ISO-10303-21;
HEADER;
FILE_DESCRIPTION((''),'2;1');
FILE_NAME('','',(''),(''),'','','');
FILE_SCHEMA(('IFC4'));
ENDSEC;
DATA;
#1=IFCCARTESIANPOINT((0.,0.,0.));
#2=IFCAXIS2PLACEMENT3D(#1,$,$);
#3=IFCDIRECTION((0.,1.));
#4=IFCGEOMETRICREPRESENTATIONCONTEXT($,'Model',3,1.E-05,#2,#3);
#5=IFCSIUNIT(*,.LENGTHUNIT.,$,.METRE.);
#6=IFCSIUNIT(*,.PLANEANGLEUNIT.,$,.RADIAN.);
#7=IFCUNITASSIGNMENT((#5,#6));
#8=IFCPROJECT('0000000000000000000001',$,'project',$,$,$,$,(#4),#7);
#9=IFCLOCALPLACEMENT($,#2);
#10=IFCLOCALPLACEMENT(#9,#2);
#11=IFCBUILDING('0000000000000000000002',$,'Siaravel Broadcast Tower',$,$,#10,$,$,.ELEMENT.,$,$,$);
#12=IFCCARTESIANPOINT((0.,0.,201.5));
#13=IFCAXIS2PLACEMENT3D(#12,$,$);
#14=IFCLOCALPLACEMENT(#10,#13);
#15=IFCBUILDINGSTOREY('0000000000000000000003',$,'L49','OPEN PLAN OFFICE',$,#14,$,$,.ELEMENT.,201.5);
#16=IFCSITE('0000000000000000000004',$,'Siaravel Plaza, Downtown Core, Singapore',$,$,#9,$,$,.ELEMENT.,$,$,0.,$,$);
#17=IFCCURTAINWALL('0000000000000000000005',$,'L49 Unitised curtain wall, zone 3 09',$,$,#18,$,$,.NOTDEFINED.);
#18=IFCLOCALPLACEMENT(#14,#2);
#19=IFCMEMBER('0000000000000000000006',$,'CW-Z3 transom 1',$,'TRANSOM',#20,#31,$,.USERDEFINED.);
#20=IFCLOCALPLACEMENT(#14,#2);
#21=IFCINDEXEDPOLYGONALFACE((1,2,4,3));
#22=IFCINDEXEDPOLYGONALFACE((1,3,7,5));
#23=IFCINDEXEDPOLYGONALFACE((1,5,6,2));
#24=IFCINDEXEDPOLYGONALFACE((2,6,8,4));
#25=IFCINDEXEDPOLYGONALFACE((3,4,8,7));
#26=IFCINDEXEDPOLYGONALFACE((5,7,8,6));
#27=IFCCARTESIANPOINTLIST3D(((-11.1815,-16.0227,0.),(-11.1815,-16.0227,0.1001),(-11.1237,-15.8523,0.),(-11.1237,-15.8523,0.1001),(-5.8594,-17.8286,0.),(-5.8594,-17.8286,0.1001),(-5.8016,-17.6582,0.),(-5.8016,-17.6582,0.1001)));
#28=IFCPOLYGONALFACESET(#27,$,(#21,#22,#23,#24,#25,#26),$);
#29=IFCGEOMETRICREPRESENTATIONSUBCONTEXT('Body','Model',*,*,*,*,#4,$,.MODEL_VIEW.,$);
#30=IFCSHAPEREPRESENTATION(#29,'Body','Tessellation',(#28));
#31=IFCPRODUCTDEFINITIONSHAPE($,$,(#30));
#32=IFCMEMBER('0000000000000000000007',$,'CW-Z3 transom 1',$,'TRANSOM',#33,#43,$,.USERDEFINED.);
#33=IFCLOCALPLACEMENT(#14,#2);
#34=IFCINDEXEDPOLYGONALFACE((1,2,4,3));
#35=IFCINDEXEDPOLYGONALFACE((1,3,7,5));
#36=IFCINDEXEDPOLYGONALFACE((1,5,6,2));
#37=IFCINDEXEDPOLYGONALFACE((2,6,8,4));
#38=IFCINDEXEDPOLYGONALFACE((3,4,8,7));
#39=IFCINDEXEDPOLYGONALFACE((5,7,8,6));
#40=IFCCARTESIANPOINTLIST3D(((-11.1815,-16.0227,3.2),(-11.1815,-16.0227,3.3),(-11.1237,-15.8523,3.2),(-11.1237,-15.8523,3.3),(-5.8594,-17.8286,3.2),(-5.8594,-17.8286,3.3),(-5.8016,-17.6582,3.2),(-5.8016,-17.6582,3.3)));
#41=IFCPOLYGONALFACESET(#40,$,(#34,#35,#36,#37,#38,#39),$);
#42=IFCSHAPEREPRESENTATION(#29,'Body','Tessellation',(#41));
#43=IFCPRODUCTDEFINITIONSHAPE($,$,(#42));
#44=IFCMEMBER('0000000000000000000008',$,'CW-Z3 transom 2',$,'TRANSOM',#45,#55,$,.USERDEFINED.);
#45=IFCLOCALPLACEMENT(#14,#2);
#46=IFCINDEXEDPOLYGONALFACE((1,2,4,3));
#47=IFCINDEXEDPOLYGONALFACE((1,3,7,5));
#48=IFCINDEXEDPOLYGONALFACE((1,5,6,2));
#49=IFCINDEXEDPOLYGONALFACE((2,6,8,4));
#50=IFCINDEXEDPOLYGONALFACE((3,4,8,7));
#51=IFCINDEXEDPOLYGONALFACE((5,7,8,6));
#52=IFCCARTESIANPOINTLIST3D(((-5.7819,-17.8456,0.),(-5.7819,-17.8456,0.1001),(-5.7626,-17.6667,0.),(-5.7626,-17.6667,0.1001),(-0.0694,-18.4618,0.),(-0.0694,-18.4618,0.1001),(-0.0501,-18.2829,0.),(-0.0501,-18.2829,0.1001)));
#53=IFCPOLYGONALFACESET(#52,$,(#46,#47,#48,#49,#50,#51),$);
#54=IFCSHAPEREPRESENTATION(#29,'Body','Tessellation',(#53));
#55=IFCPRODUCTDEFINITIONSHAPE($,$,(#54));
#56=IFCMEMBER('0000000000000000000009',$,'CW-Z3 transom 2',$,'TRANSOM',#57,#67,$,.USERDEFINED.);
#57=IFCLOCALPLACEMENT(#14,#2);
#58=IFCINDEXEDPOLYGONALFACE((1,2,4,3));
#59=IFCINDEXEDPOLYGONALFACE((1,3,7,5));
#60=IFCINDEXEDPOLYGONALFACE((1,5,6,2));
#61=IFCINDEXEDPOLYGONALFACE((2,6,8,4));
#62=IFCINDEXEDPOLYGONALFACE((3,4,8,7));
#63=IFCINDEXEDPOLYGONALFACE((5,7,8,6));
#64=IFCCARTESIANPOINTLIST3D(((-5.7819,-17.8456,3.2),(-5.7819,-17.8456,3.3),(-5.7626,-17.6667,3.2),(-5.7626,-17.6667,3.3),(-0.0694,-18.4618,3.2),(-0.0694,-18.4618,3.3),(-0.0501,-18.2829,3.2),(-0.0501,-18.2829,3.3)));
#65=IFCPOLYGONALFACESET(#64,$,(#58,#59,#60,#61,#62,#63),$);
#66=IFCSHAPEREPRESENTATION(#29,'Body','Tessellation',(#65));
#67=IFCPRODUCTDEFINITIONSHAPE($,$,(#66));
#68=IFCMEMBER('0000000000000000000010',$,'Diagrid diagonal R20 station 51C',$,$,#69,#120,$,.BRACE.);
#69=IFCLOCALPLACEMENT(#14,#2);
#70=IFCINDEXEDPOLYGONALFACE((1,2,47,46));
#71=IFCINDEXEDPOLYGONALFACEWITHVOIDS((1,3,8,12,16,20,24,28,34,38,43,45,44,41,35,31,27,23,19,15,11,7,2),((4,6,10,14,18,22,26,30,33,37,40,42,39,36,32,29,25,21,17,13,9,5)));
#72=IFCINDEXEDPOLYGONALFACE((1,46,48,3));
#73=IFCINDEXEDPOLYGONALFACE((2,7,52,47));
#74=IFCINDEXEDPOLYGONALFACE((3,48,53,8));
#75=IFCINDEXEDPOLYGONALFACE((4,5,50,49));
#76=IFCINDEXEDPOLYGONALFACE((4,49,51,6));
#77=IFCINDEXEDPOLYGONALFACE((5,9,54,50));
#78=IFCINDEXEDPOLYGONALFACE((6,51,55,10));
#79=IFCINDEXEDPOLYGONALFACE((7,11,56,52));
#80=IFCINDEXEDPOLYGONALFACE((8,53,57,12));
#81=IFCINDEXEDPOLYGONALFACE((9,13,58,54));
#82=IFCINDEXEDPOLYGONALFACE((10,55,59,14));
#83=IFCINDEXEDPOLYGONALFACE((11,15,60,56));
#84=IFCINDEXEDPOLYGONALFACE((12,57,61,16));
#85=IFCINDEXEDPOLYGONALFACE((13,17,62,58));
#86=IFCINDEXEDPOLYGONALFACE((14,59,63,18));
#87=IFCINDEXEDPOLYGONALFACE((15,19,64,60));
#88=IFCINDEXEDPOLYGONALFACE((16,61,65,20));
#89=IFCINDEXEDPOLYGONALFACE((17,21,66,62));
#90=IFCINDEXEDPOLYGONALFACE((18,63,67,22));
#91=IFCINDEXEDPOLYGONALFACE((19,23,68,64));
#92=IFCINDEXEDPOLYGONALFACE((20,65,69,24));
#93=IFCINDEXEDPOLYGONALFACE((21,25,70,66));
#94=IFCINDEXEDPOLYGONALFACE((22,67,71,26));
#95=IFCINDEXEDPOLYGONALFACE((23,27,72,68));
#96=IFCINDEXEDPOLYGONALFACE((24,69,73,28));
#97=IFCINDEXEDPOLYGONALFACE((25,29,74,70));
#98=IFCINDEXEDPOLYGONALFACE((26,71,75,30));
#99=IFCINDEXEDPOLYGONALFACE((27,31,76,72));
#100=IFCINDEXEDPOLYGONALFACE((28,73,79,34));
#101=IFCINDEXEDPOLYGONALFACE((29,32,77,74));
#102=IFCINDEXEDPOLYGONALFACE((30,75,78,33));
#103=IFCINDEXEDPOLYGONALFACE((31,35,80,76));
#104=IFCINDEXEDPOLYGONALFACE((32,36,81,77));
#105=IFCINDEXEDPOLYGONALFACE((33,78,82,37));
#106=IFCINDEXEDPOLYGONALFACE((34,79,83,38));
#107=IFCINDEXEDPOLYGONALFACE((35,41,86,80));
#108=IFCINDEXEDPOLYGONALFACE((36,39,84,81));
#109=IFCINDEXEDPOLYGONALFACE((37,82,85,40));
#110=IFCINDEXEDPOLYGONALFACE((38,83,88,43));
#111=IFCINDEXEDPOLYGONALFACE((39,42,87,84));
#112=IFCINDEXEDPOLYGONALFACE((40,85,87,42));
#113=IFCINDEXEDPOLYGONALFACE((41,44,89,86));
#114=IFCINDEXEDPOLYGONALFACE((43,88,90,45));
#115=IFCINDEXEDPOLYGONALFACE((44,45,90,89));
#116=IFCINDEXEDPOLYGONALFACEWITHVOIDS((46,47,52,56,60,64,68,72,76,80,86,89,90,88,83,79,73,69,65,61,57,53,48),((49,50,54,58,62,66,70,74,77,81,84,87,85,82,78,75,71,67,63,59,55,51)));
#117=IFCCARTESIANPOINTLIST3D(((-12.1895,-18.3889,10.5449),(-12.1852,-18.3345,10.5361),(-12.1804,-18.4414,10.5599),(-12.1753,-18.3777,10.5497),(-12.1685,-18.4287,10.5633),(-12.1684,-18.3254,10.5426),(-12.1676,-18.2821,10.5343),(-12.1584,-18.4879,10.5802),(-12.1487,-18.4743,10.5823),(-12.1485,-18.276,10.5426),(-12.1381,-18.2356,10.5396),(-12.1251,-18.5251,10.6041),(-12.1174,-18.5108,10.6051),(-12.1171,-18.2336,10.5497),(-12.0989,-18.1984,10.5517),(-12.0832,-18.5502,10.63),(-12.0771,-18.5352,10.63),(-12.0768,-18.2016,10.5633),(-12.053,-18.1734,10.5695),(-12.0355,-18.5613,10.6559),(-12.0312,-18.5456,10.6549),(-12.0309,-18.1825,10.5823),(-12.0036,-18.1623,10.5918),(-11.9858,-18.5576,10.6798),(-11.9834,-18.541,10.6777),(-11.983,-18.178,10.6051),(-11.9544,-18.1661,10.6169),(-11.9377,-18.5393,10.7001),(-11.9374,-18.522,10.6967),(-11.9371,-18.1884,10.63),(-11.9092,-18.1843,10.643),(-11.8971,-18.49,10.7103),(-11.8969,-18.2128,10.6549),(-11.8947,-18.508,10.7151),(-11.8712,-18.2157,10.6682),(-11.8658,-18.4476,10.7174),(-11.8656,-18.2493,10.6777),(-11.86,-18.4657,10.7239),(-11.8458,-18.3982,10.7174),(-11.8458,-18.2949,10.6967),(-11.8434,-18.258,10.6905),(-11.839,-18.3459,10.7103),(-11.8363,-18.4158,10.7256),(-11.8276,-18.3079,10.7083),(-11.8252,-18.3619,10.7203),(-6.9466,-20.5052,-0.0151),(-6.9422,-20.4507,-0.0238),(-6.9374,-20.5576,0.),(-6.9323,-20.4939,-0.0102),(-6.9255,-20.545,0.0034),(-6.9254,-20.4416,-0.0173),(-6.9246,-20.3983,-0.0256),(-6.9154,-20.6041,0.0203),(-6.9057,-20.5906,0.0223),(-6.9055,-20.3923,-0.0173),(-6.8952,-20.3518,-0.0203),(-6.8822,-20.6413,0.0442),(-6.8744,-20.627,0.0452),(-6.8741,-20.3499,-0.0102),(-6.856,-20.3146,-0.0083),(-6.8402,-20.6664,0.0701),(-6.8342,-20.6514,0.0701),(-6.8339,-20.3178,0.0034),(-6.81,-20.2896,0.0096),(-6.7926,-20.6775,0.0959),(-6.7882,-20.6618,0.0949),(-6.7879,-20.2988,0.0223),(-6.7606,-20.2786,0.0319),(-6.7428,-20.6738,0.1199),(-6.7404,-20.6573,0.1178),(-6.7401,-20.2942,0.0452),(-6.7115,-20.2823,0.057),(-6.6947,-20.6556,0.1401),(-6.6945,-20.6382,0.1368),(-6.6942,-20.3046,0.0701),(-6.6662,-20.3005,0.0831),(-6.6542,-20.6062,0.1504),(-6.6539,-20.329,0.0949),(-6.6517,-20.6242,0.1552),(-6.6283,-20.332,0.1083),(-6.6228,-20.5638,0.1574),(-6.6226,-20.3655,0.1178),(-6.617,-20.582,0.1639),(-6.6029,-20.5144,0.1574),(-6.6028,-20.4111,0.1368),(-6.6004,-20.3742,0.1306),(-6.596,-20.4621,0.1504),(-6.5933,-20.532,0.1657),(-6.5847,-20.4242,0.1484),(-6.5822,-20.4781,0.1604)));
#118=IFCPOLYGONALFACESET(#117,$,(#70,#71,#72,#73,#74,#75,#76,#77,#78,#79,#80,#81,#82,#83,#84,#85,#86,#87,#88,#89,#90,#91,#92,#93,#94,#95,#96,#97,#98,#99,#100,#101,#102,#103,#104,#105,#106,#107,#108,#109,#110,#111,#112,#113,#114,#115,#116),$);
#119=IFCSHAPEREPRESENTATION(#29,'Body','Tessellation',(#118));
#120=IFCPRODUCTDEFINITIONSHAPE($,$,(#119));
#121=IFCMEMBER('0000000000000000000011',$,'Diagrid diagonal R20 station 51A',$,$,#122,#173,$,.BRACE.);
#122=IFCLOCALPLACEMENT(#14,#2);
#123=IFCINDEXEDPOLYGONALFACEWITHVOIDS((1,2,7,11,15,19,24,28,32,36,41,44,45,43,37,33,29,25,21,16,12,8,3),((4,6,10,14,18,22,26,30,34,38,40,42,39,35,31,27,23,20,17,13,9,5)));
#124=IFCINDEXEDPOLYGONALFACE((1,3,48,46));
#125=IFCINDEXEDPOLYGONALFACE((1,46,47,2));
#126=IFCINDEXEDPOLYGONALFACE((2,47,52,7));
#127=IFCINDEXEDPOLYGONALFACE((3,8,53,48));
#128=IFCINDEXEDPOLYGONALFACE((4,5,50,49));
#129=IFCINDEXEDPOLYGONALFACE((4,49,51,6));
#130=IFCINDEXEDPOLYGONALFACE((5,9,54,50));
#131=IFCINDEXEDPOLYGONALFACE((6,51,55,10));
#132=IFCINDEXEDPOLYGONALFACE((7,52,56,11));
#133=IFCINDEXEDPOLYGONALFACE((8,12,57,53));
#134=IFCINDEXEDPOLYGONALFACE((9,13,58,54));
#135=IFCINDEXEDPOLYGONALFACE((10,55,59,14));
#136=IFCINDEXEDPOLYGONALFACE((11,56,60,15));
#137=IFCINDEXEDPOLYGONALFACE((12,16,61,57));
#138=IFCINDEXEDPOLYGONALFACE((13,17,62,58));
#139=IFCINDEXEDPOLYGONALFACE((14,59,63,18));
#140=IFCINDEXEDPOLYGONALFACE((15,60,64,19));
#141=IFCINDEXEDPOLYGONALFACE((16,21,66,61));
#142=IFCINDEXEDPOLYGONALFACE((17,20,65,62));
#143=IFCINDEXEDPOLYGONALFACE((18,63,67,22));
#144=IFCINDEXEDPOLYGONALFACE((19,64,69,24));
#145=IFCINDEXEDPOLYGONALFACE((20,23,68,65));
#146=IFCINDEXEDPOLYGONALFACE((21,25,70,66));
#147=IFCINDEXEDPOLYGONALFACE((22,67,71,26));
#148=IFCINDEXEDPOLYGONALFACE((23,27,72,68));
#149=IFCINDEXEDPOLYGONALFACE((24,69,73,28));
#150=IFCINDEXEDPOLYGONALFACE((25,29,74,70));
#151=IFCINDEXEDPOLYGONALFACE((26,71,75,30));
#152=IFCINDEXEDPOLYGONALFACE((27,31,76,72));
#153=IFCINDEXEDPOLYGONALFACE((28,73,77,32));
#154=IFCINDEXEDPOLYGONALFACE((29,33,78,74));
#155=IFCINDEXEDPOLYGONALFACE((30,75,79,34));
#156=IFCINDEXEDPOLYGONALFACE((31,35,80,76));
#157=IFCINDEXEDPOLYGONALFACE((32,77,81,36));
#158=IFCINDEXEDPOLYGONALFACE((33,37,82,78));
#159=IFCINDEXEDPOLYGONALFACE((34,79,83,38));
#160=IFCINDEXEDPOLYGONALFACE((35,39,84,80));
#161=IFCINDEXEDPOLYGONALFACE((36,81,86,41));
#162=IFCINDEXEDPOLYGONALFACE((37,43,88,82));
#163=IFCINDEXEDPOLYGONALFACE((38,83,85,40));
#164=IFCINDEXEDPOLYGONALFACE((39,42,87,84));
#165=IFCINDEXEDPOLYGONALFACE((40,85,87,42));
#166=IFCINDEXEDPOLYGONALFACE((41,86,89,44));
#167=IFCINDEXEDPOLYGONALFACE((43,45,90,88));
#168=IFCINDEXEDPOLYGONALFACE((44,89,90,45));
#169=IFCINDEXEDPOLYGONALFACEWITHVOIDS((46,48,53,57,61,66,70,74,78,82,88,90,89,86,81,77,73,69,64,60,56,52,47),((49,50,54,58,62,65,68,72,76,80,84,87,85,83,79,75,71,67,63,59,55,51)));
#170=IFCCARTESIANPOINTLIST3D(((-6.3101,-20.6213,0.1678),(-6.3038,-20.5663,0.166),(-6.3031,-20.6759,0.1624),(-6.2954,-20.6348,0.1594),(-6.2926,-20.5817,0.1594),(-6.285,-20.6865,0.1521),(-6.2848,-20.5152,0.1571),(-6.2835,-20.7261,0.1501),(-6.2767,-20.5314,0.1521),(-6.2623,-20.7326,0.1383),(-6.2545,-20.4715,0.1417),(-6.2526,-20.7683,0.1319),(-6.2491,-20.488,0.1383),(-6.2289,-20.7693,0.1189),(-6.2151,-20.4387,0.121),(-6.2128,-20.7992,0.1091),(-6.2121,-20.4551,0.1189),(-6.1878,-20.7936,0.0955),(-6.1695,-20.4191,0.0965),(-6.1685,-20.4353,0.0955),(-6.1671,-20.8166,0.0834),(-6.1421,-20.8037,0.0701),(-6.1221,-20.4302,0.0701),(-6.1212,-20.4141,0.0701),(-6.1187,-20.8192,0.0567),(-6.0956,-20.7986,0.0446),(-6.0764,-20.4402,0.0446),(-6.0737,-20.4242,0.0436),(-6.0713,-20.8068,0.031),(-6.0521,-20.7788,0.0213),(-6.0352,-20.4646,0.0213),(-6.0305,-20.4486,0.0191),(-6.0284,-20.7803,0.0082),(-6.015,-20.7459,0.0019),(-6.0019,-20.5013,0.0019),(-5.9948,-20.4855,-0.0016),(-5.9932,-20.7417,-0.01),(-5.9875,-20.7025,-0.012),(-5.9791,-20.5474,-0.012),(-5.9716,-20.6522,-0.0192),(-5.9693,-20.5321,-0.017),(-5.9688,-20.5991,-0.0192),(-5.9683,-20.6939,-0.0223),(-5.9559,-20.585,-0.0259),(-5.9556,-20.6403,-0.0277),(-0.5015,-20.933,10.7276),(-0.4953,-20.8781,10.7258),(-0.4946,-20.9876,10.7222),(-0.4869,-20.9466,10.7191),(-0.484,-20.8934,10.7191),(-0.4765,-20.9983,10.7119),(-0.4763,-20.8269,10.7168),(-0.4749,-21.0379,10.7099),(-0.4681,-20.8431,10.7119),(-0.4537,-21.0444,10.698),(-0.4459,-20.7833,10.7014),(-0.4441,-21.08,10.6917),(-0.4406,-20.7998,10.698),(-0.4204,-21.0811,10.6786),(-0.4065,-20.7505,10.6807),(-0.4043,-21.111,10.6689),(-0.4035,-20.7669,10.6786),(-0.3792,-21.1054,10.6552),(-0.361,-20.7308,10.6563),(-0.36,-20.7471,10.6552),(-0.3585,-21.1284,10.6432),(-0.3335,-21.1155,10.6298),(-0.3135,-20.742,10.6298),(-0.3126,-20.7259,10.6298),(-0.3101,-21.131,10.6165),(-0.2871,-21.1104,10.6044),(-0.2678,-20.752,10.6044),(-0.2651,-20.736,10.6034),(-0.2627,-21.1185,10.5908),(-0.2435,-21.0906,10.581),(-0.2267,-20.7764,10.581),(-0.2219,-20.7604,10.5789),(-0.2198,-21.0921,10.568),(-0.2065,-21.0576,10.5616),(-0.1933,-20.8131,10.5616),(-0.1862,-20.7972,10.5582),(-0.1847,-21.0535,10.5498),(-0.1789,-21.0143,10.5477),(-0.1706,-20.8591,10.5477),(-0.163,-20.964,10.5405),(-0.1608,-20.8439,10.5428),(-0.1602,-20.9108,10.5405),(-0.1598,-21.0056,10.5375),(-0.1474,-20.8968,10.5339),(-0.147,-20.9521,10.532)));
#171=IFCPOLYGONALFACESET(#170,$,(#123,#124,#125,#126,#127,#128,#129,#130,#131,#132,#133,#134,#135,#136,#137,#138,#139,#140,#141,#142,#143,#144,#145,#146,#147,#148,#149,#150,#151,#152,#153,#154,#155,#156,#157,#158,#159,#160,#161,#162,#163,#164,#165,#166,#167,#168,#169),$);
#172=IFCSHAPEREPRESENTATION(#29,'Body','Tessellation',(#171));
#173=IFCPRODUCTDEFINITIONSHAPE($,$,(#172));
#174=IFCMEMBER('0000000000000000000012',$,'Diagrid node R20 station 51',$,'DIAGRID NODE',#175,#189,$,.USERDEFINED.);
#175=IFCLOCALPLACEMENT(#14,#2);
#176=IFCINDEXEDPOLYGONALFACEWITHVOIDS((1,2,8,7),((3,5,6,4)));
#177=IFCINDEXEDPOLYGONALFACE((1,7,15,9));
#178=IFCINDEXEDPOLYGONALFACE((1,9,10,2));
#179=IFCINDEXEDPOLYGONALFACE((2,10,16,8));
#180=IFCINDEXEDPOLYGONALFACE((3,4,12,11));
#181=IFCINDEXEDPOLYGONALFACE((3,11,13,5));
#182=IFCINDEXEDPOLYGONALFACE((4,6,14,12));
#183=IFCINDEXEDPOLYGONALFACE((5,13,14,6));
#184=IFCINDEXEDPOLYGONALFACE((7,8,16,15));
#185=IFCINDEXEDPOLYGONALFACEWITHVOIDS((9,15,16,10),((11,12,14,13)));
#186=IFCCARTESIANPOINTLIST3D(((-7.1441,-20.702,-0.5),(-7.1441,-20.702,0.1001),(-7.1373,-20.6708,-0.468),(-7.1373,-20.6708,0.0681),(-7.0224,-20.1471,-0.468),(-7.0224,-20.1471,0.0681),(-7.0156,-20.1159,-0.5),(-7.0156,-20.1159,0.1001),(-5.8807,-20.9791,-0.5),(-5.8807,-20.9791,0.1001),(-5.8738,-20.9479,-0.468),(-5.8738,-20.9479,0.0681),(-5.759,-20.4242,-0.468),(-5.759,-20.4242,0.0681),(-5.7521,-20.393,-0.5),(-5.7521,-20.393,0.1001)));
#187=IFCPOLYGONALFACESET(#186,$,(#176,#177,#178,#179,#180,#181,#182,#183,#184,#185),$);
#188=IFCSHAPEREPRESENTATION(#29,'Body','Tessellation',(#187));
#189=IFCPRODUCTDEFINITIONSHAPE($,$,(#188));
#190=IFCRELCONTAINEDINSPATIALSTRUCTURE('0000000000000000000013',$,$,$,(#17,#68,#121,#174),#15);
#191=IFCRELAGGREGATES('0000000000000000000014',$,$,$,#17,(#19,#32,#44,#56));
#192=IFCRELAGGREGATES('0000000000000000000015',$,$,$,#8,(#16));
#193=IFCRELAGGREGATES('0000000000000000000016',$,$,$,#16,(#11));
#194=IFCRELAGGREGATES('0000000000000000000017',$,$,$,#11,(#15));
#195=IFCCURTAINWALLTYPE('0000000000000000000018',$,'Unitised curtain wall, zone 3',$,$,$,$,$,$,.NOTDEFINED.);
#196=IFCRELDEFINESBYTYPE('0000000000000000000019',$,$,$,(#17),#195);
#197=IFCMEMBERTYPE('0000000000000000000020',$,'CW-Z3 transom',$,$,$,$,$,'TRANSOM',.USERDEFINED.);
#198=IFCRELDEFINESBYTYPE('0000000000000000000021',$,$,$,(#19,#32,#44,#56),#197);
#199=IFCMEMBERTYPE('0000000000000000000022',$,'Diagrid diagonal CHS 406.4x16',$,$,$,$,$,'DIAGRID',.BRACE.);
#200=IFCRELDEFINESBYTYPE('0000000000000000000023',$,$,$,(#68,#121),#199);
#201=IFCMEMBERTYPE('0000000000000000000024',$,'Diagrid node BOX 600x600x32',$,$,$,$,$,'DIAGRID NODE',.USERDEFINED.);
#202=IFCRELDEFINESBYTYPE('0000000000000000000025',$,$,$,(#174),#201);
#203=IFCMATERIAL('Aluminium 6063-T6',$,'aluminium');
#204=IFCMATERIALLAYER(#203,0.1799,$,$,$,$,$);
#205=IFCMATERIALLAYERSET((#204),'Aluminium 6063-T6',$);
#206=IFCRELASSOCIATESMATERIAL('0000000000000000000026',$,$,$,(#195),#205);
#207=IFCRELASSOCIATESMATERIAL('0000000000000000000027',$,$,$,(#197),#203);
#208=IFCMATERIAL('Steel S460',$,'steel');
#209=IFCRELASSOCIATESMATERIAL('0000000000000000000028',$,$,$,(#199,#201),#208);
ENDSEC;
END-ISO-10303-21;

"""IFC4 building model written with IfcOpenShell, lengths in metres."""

from ifc_helpers import new_model, si_unit, direction, frame, origin, origin_2d, place, context, subcontext, project, spatial, rectangle, hollow_rectangle, hollow_circle, extrude, material, layer, layer_set, material_profile, profile_set, type_object, element, aggregate, save


model = new_model("IFC4")

# Units and contexts
model_context = context("Model", 3, precision=1e-05, world=origin(), true_north=direction((0.0, 1.0)))
body_context = subcontext(model_context, "Body", "Model", "MODEL_VIEW")
ifc_project = project(units=[si_unit("LENGTHUNIT", "METRE"), si_unit("PLANEANGLEUNIT", "RADIAN")], contexts=[model_context])

# Site, building, storey
site_placement = place(None, origin())
site = spatial("IfcSite", under=ifc_project, at=site_placement, Name="Siaravel Plaza, Downtown Core, Singapore", CompositionType="ELEMENT", RefElevation=0.0)
building_placement = place(site_placement, origin())
building = spatial("IfcBuilding", under=site, at=building_placement, Name="Siaravel Broadcast Tower", CompositionType="ELEMENT")
storey_placement = place(building_placement, frame((0.0, 0.0, 201.5)))
storey = spatial("IfcBuildingStorey", under=building, at=storey_placement, Name="L49", Description="OPEN PLAN OFFICE", CompositionType="ELEMENT", Elevation=201.5)

# Curtain wall, members
ifc_material_1 = material(Name="Aluminium 6063-T6", Category="aluminium")
ifc_layer_1 = layer(ifc_material_1, 0.1799)
ifc_layer_set_1 = layer_set([ifc_layer_1], Name="Aluminium 6063-T6")
curtain_wall_type = type_object("IfcCurtainWallType", Name="Unitised curtain wall, zone 3", PredefinedType="NOTDEFINED", material=ifc_layer_set_1)
curtain_wall_placement = place(storey_placement, origin())
curtain_wall = element("IfcCurtainWall", 1, at=curtain_wall_placement, inside=storey, type_object=curtain_wall_type, Name="L49 Unitised curtain wall, zone 3 09", PredefinedType="NOTDEFINED")
ifc_material_profile_1 = material_profile(ifc_material_1, rectangle(XDim=0.1799, YDim=0.1001, at=origin_2d()))
ifc_profile_set_1 = profile_set([ifc_material_profile_1], Name="Aluminium 6063-T6")
member_type_1 = type_object("IfcMemberType", Name="CW-Z3 transom", ElementType="TRANSOM", PredefinedType="USERDEFINED", material=ifc_profile_set_1)
member_1_placement = place(storey_placement, frame((-11.1526, -15.9375, 0.05), z_axis=(0.946967, -0.321332, 0.0), x_axis=(0.321332, 0.946967, 0.0)))
member_1 = element("IfcMember", 2, at=member_1_placement, type_object=member_type_1, Name="CW-Z3 transom 1", ObjectType="TRANSOM", PredefinedType="USERDEFINED", context=body_context, shape_type="SweptSolid", body=[
    extrude(rectangle(XDim=0.1799, YDim=0.1001, at=origin_2d()), origin(), (0.0, 0.0, 1.0), 5.6201),
])
member_2_placement = place(storey_placement, frame((-11.1526, -15.9375, 3.25), z_axis=(0.946967, -0.321332, 0.0), x_axis=(0.321332, 0.946967, 0.0)))
member_2 = element("IfcMember", 3, at=member_2_placement, type_object=member_type_1, Name="CW-Z3 transom 1", ObjectType="TRANSOM", PredefinedType="USERDEFINED", context=body_context, shape_type="SweptSolid", body=[
    extrude(rectangle(XDim=0.1799, YDim=0.1001, at=origin_2d()), origin(), (0.0, 0.0, 1.0), 5.6201),
])
member_3_placement = place(storey_placement, frame((-5.7722, -17.7561, 0.05), z_axis=(0.994232, -0.10725, 0.0), x_axis=(0.10725, 0.994232, 0.0)))
member_3 = element("IfcMember", 4, at=member_3_placement, type_object=member_type_1, Name="CW-Z3 transom 2", ObjectType="TRANSOM", PredefinedType="USERDEFINED", context=body_context, shape_type="SweptSolid", body=[
    extrude(rectangle(XDim=0.1799, YDim=0.1001, at=origin_2d()), origin(), (0.0, 0.0, 1.0), 5.7456),
])
member_4_placement = place(storey_placement, frame((-5.7722, -17.7561, 3.25), z_axis=(0.994232, -0.10725, 0.0), x_axis=(0.10725, 0.994232, 0.0)))
member_4 = element("IfcMember", 5, at=member_4_placement, type_object=member_type_1, Name="CW-Z3 transom 2", ObjectType="TRANSOM", PredefinedType="USERDEFINED", context=body_context, shape_type="SweptSolid", body=[
    extrude(rectangle(XDim=0.1799, YDim=0.1001, at=origin_2d()), origin(), (0.0, 0.0, 1.0), 5.7456),
])

# Members
ifc_material_2 = material(Name="Steel S460", Category="steel")
ifc_material_profile_2 = material_profile(ifc_material_2, hollow_circle(Radius=0.2031, WallThickness=0.0161, at=origin_2d()))
ifc_profile_set_2 = profile_set([ifc_material_profile_2], Name="Steel S460")
member_type_2 = type_object("IfcMemberType", Name="Diagrid diagonal CHS 406.4x16", ElementType="DIAGRID", PredefinedType="BRACE", material=ifc_profile_set_2)
member_5_placement = place(storey_placement, frame((-6.7642, -20.478, 0.0701), z_axis=(-0.437707, 0.176673, 0.881589), x_axis=(-0.374292, -0.927311, 0.0)))
element("IfcMember", 6, at=member_5_placement, inside=storey, type_object=member_type_2, Name="Diagrid diagonal R20 station 51C", PredefinedType="BRACE", context=body_context, shape_type="SweptSolid", body=[
    extrude(hollow_circle(Radius=0.2031, WallThickness=0.0161, at=origin_2d()), origin(), (0.0, 0.0, 1.0), 11.9783),
])
member_6_placement = place(storey_placement, frame((-6.1321, -20.6169, 0.0701), z_axis=(0.481802, -0.02586, 0.875899), x_axis=(0.053596, 0.998563, 0.0)))
element("IfcMember", 7, at=member_6_placement, inside=storey, type_object=member_type_2, Name="Diagrid diagonal R20 station 51A", PredefinedType="BRACE", context=body_context, shape_type="SweptSolid", body=[
    extrude(hollow_circle(Radius=0.2031, WallThickness=0.0161, at=origin_2d()), origin(), (0.0, 0.0, 1.0), 12.0559),
])
ifc_material_profile_3 = material_profile(ifc_material_2, hollow_rectangle(XDim=0.6001, YDim=0.6001, WallThickness=0.032, at=origin_2d()))
ifc_profile_set_3 = profile_set([ifc_material_profile_3], Name="Steel S460")
member_type_3 = type_object("IfcMemberType", Name="Diagrid node BOX 600x600x32", ElementType="DIAGRID NODE", PredefinedType="USERDEFINED", material=ifc_profile_set_3)
member_7_placement = place(storey_placement, frame((-7.0798, -20.4089, -0.2), z_axis=(0.976783, -0.214232, 0.0), x_axis=(0.214232, 0.976783, 0.0)))
element("IfcMember", 8, at=member_7_placement, inside=storey, type_object=member_type_3, Name="Diagrid node R20 station 51", ObjectType="DIAGRID NODE", PredefinedType="USERDEFINED", context=body_context, shape_type="SweptSolid", body=[
    extrude(hollow_rectangle(XDim=0.6001, YDim=0.6001, WallThickness=0.032, at=origin_2d()), origin(), (0.0, 0.0, 1.0), 1.2935),
])

aggregate(curtain_wall, [member_1, member_2, member_3, member_4])

save(model, "model.ifc")
